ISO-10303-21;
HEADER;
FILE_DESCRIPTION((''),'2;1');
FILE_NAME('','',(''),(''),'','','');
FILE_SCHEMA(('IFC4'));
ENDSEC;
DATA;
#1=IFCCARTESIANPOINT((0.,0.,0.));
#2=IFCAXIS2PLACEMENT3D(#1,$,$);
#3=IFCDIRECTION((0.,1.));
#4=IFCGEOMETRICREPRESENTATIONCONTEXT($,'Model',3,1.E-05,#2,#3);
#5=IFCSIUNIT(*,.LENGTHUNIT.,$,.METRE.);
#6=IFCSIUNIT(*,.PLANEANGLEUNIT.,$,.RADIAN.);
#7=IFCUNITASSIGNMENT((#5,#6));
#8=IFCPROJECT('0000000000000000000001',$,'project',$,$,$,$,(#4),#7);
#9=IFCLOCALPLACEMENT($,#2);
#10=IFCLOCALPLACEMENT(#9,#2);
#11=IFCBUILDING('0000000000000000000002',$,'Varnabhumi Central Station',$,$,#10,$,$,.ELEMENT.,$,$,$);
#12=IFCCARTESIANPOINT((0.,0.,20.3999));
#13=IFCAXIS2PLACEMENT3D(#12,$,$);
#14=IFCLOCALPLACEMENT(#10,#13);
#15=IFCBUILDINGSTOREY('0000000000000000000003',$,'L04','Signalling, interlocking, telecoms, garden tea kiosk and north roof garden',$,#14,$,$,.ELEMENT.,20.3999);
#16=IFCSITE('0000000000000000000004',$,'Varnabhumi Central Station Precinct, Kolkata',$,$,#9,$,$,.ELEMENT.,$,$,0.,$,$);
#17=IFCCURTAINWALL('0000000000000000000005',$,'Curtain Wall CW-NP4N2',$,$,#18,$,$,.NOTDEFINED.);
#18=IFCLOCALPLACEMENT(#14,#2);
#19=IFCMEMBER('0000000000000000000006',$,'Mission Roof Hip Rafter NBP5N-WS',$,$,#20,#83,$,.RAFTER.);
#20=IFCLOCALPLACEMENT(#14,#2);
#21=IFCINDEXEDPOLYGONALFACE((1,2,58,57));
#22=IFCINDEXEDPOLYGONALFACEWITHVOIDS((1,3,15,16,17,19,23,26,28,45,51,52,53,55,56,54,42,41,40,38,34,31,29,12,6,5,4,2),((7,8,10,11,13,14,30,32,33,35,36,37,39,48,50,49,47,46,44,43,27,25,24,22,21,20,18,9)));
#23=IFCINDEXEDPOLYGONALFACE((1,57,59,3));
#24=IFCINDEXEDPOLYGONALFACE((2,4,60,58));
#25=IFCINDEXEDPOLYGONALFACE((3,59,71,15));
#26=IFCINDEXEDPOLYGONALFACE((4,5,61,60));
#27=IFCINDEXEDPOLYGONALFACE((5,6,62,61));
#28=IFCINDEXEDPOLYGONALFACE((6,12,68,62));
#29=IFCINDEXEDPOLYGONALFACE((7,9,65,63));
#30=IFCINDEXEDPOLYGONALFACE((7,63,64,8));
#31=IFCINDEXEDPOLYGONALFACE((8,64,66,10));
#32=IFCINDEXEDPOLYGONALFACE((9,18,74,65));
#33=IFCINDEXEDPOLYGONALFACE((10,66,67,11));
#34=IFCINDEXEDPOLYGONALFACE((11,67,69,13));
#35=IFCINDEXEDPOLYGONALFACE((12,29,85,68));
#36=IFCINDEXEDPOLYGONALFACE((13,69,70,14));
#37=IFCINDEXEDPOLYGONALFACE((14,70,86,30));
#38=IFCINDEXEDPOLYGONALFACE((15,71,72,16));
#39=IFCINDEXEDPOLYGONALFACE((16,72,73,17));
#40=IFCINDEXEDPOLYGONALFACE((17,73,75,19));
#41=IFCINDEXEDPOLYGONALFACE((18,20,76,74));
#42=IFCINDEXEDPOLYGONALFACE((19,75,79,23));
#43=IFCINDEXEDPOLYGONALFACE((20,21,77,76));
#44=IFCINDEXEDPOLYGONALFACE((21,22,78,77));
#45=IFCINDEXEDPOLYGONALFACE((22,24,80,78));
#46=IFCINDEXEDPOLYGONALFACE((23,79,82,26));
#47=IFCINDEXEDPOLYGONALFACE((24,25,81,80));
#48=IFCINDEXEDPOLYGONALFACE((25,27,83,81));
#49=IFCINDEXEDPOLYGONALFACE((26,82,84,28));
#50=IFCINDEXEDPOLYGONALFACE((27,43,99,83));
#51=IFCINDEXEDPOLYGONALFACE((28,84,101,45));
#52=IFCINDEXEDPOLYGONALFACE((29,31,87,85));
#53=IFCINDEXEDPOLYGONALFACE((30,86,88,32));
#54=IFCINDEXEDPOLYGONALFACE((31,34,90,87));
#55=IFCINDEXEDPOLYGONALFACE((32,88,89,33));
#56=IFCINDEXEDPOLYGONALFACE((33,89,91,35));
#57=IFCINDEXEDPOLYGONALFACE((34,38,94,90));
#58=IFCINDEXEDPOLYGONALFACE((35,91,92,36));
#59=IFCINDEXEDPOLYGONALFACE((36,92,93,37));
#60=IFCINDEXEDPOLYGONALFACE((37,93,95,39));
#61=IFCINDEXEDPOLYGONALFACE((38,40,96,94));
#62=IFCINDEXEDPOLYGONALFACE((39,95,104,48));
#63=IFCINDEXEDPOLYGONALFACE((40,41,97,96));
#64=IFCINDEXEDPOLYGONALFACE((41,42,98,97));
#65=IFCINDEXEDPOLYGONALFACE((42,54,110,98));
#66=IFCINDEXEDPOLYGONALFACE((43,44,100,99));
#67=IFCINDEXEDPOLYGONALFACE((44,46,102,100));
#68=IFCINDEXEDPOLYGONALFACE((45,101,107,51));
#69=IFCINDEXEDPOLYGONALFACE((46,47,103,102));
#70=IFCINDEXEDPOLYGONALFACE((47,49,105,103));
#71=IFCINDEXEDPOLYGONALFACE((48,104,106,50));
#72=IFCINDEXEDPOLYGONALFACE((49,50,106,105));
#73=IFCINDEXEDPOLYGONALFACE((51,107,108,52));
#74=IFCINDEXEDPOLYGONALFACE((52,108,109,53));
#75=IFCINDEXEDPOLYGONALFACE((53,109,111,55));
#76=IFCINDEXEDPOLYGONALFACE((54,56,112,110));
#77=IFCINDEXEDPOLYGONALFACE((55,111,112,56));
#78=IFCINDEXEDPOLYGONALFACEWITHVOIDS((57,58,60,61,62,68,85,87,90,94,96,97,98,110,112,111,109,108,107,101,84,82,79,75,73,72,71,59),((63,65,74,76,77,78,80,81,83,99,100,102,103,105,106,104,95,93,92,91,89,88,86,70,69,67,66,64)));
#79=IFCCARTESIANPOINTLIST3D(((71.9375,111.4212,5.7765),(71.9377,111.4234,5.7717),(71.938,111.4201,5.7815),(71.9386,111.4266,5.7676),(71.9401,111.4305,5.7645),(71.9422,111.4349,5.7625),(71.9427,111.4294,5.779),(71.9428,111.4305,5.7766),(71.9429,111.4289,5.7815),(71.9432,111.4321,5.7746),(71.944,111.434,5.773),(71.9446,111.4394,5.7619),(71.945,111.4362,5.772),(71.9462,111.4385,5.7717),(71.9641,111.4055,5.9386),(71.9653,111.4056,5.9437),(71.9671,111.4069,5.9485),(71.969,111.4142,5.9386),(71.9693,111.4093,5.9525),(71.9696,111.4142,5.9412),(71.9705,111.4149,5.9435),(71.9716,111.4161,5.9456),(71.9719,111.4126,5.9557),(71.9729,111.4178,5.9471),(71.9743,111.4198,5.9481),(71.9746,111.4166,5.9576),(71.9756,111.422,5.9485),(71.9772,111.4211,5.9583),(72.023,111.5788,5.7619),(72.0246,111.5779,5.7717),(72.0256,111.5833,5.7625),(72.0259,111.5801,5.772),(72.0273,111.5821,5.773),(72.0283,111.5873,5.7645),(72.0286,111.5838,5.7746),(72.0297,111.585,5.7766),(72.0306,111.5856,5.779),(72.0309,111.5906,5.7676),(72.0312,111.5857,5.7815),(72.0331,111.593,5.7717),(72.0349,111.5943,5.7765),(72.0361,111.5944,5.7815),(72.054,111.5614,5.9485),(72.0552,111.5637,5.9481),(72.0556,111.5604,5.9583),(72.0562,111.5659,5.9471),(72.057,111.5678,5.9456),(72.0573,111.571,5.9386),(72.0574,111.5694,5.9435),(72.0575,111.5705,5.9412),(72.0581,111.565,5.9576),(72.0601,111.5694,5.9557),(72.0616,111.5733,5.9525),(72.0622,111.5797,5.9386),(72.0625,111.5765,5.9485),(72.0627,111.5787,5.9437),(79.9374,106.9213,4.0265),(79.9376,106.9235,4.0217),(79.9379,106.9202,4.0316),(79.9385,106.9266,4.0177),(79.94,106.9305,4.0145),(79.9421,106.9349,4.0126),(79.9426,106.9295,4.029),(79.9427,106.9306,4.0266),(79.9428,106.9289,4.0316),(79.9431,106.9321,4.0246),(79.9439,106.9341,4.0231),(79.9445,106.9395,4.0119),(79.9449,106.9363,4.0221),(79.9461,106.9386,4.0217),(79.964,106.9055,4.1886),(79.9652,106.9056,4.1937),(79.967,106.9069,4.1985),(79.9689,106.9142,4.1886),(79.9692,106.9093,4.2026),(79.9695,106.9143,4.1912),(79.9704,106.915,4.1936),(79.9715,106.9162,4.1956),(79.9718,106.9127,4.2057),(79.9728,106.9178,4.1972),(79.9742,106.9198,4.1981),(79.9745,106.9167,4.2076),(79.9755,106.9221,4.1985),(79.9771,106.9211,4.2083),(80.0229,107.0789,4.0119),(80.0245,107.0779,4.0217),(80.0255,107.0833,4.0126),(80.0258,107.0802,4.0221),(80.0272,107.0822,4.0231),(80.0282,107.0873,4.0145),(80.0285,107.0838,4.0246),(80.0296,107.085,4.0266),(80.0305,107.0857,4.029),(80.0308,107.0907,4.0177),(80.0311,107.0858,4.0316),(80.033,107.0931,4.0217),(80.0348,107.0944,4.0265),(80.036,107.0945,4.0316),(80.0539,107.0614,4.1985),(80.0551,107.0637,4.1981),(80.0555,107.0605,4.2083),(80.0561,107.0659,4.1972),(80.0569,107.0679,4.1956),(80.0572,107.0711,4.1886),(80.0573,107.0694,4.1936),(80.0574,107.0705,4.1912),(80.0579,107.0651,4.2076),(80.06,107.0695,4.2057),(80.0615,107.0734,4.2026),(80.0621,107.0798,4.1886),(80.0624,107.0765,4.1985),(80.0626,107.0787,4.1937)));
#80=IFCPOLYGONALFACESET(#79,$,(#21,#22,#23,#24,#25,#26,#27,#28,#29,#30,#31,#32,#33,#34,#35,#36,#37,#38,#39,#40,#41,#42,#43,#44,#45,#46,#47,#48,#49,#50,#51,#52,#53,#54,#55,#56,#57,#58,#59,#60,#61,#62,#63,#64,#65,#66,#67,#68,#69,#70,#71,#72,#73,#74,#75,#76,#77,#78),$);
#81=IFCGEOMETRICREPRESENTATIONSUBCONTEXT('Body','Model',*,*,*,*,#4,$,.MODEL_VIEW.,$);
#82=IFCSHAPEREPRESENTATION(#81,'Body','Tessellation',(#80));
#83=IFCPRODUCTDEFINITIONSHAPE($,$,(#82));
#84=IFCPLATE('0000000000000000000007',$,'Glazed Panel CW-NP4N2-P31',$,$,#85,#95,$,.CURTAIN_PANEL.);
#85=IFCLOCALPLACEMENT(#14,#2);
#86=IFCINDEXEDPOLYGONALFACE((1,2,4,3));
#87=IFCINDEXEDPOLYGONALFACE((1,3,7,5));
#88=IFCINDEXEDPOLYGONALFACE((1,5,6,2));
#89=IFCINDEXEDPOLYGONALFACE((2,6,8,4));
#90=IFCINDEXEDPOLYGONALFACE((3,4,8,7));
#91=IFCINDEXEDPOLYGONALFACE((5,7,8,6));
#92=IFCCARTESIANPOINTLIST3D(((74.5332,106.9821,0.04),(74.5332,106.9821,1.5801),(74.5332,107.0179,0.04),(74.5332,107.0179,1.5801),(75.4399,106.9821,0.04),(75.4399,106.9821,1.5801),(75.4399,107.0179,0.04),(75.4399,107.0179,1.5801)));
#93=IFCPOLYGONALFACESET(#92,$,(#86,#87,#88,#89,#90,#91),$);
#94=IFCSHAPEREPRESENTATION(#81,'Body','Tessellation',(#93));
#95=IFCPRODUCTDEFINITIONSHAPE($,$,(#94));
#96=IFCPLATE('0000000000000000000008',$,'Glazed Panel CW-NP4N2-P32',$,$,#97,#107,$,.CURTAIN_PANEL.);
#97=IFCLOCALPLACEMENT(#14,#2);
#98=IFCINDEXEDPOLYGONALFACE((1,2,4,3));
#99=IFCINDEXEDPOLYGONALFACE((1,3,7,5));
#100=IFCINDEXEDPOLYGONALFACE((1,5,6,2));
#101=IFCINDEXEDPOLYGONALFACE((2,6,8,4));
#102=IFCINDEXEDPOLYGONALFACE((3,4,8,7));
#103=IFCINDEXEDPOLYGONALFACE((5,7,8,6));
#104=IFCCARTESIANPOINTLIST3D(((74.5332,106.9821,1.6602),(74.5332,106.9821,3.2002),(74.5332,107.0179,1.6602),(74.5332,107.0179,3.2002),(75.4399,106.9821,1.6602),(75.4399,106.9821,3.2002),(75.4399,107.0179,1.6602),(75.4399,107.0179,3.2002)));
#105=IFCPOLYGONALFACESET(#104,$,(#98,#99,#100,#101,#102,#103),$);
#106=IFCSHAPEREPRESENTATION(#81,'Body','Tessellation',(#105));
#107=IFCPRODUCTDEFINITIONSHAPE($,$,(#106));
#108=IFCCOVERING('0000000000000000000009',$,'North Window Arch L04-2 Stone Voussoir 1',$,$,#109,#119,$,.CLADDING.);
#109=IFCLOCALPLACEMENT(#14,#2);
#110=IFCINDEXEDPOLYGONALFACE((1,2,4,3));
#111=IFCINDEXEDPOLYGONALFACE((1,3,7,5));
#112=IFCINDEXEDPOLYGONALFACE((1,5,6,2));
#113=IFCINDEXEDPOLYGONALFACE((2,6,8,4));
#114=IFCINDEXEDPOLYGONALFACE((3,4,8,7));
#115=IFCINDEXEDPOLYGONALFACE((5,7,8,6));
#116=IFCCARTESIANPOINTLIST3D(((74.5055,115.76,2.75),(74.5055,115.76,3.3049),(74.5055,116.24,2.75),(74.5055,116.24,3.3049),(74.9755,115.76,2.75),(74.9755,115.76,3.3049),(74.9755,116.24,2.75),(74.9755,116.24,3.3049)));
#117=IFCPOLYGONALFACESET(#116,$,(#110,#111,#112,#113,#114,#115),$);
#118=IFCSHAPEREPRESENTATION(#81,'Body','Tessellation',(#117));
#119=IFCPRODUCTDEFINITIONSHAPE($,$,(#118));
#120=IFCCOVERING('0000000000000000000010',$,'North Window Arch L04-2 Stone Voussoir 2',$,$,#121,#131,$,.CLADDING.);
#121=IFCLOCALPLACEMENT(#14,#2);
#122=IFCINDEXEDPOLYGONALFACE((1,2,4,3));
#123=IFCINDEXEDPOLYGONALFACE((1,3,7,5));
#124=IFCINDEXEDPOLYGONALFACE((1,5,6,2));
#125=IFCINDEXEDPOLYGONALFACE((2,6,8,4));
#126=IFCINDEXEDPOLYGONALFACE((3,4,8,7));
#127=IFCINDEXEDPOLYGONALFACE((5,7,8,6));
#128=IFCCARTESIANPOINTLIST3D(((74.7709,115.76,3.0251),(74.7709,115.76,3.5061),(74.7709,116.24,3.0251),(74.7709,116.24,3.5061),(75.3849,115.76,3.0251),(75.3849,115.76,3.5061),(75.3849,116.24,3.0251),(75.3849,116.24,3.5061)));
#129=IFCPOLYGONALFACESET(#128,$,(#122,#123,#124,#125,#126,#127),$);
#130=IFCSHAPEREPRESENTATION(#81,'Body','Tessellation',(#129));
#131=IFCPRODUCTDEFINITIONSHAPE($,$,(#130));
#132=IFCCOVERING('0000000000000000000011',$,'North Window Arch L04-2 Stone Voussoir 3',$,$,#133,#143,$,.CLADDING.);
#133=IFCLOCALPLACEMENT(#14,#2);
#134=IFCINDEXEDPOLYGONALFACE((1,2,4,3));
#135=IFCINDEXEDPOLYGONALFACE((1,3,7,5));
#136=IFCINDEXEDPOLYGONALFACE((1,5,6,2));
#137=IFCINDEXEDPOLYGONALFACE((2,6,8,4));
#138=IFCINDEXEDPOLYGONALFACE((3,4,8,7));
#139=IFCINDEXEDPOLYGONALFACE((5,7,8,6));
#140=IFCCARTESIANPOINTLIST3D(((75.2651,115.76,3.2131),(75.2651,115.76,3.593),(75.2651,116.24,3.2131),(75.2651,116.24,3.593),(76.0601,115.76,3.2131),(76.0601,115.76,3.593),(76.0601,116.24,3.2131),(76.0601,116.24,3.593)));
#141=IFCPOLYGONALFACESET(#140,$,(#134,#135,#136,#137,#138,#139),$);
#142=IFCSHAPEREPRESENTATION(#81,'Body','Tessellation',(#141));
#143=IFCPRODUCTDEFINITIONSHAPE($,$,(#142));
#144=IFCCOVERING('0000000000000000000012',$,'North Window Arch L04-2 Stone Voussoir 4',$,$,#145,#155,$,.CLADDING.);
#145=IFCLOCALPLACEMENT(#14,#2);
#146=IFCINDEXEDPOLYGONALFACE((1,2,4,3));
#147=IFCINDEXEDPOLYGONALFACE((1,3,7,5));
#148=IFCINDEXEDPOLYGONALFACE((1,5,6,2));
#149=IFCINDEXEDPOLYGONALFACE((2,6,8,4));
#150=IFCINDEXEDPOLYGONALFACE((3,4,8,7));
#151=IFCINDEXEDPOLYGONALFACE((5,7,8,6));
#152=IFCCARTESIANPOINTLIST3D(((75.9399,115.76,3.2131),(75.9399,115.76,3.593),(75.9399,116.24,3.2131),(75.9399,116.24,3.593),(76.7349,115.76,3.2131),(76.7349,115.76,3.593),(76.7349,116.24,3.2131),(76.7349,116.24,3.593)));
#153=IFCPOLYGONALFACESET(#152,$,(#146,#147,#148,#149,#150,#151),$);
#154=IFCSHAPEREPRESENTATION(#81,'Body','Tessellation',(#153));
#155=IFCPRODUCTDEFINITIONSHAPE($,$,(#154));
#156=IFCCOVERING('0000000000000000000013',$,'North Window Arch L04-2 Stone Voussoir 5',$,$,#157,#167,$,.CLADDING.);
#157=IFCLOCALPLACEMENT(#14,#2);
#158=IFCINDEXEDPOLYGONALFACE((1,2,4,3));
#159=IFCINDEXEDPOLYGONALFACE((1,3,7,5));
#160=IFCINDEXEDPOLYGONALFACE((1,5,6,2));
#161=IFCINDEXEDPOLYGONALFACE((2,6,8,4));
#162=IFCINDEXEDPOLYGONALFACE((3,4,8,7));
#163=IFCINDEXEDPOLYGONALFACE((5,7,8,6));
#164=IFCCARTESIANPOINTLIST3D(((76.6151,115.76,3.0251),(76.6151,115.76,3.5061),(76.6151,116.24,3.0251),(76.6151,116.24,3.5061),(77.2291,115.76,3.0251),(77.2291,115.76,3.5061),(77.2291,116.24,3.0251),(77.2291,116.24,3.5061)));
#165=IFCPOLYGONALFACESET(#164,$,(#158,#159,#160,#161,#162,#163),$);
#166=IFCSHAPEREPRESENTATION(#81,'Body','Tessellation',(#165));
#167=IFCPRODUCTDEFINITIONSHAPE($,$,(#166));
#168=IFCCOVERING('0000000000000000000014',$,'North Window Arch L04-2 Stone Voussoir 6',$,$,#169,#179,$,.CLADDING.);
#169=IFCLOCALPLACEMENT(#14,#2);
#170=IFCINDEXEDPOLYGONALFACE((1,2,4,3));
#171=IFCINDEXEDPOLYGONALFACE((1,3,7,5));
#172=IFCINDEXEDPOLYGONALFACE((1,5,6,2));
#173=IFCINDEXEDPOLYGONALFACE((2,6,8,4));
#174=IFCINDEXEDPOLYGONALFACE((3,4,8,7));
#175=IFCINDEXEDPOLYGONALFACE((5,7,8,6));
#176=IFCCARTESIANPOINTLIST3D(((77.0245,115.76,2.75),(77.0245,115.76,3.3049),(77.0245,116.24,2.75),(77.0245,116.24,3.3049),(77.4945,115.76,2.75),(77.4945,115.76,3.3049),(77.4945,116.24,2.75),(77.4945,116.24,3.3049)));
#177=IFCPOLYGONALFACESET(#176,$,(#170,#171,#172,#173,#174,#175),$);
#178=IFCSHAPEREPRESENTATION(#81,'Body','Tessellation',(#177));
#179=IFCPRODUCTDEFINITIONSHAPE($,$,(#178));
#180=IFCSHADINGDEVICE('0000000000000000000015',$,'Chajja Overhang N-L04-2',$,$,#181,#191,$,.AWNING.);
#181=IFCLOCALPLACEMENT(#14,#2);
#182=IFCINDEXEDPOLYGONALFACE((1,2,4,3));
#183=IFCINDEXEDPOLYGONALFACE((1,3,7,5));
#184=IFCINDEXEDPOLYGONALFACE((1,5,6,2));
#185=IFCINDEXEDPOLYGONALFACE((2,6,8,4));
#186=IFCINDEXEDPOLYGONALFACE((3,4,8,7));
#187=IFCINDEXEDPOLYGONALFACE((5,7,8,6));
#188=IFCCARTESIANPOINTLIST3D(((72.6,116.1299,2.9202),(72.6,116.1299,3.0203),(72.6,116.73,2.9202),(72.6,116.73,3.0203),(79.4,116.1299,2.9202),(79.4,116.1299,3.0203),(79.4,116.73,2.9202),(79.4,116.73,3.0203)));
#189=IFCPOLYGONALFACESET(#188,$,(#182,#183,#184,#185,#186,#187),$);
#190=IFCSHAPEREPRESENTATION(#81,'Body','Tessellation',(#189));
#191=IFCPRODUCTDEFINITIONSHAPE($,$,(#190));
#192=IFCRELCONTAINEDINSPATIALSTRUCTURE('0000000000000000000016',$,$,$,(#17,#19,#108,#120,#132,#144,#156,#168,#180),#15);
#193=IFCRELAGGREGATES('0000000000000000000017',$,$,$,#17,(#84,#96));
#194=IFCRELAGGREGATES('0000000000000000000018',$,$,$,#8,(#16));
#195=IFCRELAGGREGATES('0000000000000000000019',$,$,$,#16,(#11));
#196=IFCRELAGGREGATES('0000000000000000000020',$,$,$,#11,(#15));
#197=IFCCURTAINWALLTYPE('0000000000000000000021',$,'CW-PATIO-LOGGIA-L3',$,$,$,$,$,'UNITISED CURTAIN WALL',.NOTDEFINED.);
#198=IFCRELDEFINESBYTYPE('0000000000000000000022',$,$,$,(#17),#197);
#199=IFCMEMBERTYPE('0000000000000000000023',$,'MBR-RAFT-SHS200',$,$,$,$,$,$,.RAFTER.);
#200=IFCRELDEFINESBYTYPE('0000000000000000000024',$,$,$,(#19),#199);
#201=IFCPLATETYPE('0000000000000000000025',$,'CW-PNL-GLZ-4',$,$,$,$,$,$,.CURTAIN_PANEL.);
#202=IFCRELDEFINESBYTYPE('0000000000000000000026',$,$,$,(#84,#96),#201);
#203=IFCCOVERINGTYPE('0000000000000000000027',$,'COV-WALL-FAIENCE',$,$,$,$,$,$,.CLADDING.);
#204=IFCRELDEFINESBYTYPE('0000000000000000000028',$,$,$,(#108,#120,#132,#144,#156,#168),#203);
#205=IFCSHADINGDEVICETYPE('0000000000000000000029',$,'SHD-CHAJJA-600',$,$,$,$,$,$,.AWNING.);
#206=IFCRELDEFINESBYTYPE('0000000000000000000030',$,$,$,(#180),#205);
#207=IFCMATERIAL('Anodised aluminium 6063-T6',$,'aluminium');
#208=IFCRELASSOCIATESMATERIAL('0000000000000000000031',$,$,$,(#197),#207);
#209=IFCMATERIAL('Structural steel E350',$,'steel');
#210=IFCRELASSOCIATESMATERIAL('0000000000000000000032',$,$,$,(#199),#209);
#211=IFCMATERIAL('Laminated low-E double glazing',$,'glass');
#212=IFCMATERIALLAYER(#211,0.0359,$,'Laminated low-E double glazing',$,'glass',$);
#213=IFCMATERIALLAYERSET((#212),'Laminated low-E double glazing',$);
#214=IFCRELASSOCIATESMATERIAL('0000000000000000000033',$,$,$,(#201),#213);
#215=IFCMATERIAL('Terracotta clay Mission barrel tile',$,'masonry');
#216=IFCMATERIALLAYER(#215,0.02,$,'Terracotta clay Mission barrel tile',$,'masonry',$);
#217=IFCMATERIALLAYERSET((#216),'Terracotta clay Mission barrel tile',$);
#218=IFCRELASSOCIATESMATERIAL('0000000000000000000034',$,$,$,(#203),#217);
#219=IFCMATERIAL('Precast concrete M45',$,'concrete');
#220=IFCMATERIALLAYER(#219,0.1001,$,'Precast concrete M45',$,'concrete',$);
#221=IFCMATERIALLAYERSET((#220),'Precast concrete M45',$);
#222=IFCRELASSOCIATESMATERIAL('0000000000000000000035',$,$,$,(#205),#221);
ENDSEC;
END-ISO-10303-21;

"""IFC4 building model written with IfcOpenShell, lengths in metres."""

from ifc_helpers import new_model, si_unit, direction, frame, origin, origin_2d, place, context, subcontext, project, spatial, rectangle, hollow_rectangle, extrude, material, layer, layer_set, material_profile, profile_set, type_object, element, aggregate, save


model = new_model("IFC4")

# Units and contexts
model_context = context("Model", 3, precision=1e-05, world=origin(), true_north=direction((0.0, 1.0)))
body_context = subcontext(model_context, "Body", "Model", "MODEL_VIEW")
ifc_project = project(units=[si_unit("LENGTHUNIT", "METRE"), si_unit("PLANEANGLEUNIT", "RADIAN")], contexts=[model_context])

# Site, building, storey
site_placement = place(None, origin())
site = spatial("IfcSite", under=ifc_project, at=site_placement, Name="Varnabhumi Central Station Precinct, Kolkata", CompositionType="ELEMENT", RefElevation=0.0)
building_placement = place(site_placement, origin())
building = spatial("IfcBuilding", under=site, at=building_placement, Name="Varnabhumi Central Station", CompositionType="ELEMENT")
storey_placement = place(building_placement, frame((0.0, 0.0, 20.3999)))
storey = spatial("IfcBuildingStorey", under=building, at=storey_placement, Name="L04", Description="Signalling, interlocking, telecoms, garden tea kiosk and north roof garden", CompositionType="ELEMENT", Elevation=20.3999)

# Shared definitions
ifc_material_1 = material(Name="Structural steel E350", Category="steel")

# Curtain wall
ifc_material_2 = material(Name="Anodised aluminium 6063-T6", Category="aluminium")
curtain_wall_type = type_object("IfcCurtainWallType", Name="CW-PATIO-LOGGIA-L3", ElementType="UNITISED CURTAIN WALL", PredefinedType="NOTDEFINED", material=ifc_material_2)
curtain_wall_placement = place(storey_placement, origin())
curtain_wall = element("IfcCurtainWall", 1, at=curtain_wall_placement, inside=storey, type_object=curtain_wall_type, Name="Curtain Wall CW-NP4N2", PredefinedType="NOTDEFINED")

# Member
ifc_material_profile_1 = material_profile(ifc_material_1, hollow_rectangle(XDim=0.2, YDim=0.2, WallThickness=0.01, InnerFilletRadius=0.01, OuterFilletRadius=0.02, at=origin_2d()), Name="Structural steel E350", Category="steel")
ifc_profile_set_1 = profile_set([ifc_material_profile_1], Name="Structural steel E350")
member_type_1 = type_object("IfcMemberType", Name="MBR-RAFT-SHS200", PredefinedType="RAFTER", material=ifc_profile_set_1)
member_1_placement = place(storey_placement, frame((80.0, 107.0, 4.1101), z_axis=(-0.856154, 0.481586, 0.187284), x_axis=(-0.490261, -0.871576, 0.0)))
element("IfcMember", 2, at=member_1_placement, inside=storey, type_object=member_type_1, Name="Mission Roof Hip Rafter NBP5N-WS", PredefinedType="RAFTER", context=body_context, shape_type="SweptSolid", body=[
    extrude(hollow_rectangle(XDim=0.2, YDim=0.2, WallThickness=0.01, InnerFilletRadius=0.01, OuterFilletRadius=0.02, at=origin_2d()), origin(), (0.0, 0.0, 1.0), 9.344),
])

# Plates
ifc_material_3 = material(Name="Laminated low-E double glazing", Category="glass")
ifc_layer_1 = layer(ifc_material_3, 0.0359, Name="Laminated low-E double glazing", Category="glass")
ifc_layer_set_1 = layer_set([ifc_layer_1], Name="Laminated low-E double glazing")
plate_type = type_object("IfcPlateType", Name="CW-PNL-GLZ-4", PredefinedType="CURTAIN_PANEL", material=ifc_layer_set_1)
plate_1_placement = place(storey_placement, frame((74.9866, 107.0, 0.04), z_axis=(0.0, 0.0, 1.0), x_axis=(1.0, 0.0, 0.0)))
plate_1 = element("IfcPlate", 3, at=plate_1_placement, type_object=plate_type, Name="Glazed Panel CW-NP4N2-P31", PredefinedType="CURTAIN_PANEL", context=body_context, shape_type="SweptSolid", body=[
    extrude(rectangle(XDim=0.9067, YDim=0.0359, at=origin_2d()), origin(), (0.0, 0.0, 1.0), 1.54),
])
plate_2_placement = place(storey_placement, frame((74.9866, 107.0, 1.6602), z_axis=(0.0, 0.0, 1.0), x_axis=(1.0, 0.0, 0.0)))
plate_2 = element("IfcPlate", 4, at=plate_2_placement, type_object=plate_type, Name="Glazed Panel CW-NP4N2-P32", PredefinedType="CURTAIN_PANEL", context=body_context, shape_type="SweptSolid", body=[
    extrude(rectangle(XDim=0.9067, YDim=0.0359, at=origin_2d()), origin(), (0.0, 0.0, 1.0), 1.54),
])
aggregate(curtain_wall, [plate_1, plate_2])

# Coverings
ifc_material_4 = material(Name="Terracotta clay Mission barrel tile", Category="masonry")
ifc_layer_2 = layer(ifc_material_4, 0.02, Name="Terracotta clay Mission barrel tile", Category="masonry")
ifc_layer_set_2 = layer_set([ifc_layer_2], Name="Terracotta clay Mission barrel tile")
covering_type = type_object("IfcCoveringType", Name="COV-WALL-FAIENCE", PredefinedType="CLADDING", material=ifc_layer_set_2)
covering_1_placement = place(storey_placement, frame((74.7405, 116.0, 2.75), z_axis=(0.0, 0.0, 1.0), x_axis=(1.0, 0.0, 0.0)))
element("IfcCovering", 5, at=covering_1_placement, inside=storey, type_object=covering_type, Name="North Window Arch L04-2 Stone Voussoir 1", PredefinedType="CLADDING", context=body_context, shape_type="SweptSolid", body=[
    extrude(rectangle(XDim=0.47, YDim=0.48, at=origin_2d()), origin(), (0.0, 0.0, 1.0), 0.5549),
])
covering_2_placement = place(storey_placement, frame((75.0779, 116.0, 3.0251), z_axis=(0.0, 0.0, 1.0), x_axis=(1.0, 0.0, 0.0)))
element("IfcCovering", 6, at=covering_2_placement, inside=storey, type_object=covering_type, Name="North Window Arch L04-2 Stone Voussoir 2", PredefinedType="CLADDING", context=body_context, shape_type="SweptSolid", body=[
    extrude(rectangle(XDim=0.614, YDim=0.48, at=origin_2d()), origin(), (0.0, 0.0, 1.0), 0.481),
])
for number, where, z_axis, x_axis, name in (
    (7, (75.6626, 116.0, 3.2131), (0.0, 0.0, 1.0), (1.0, 0.0, 0.0), "North Window Arch L04-2 Stone Voussoir 3"),
    (8, (76.3374, 116.0, 3.2131), (0.0, 0.0, 1.0), (1.0, 0.0, 0.0), "North Window Arch L04-2 Stone Voussoir 4"),
):
    element("IfcCovering", number, at=place(storey_placement, frame(where, z_axis=z_axis, x_axis=x_axis)), inside=storey, type_object=covering_type, Name=name, PredefinedType="CLADDING", context=body_context, shape_type="SweptSolid", body=[
        extrude(rectangle(XDim=0.7949, YDim=0.48, at=origin_2d()), origin(), (0.0, 0.0, 1.0), 0.3799),
    ])
covering_3_placement = place(storey_placement, frame((76.9221, 116.0, 3.0251), z_axis=(0.0, 0.0, 1.0), x_axis=(1.0, 0.0, 0.0)))
element("IfcCovering", 9, at=covering_3_placement, inside=storey, type_object=covering_type, Name="North Window Arch L04-2 Stone Voussoir 5", PredefinedType="CLADDING", context=body_context, shape_type="SweptSolid", body=[
    extrude(rectangle(XDim=0.614, YDim=0.48, at=origin_2d()), origin(), (0.0, 0.0, 1.0), 0.481),
])
covering_4_placement = place(storey_placement, frame((77.2595, 116.0, 2.75), z_axis=(0.0, 0.0, 1.0), x_axis=(1.0, 0.0, 0.0)))
element("IfcCovering", 10, at=covering_4_placement, inside=storey, type_object=covering_type, Name="North Window Arch L04-2 Stone Voussoir 6", PredefinedType="CLADDING", context=body_context, shape_type="SweptSolid", body=[
    extrude(rectangle(XDim=0.47, YDim=0.48, at=origin_2d()), origin(), (0.0, 0.0, 1.0), 0.5549),
])

# Shading device
ifc_material_5 = material(Name="Precast concrete M45", Category="concrete")
ifc_layer_3 = layer(ifc_material_5, 0.1001, Name="Precast concrete M45", Category="concrete")
ifc_layer_set_3 = layer_set([ifc_layer_3], Name="Precast concrete M45")
shading_device_type = type_object("IfcShadingDeviceType", Name="SHD-CHAJJA-600", PredefinedType="AWNING", material=ifc_layer_set_3)
shading_device_placement = place(storey_placement, frame((76.0, 116.4299, 2.9202), z_axis=(0.0, 0.0, 1.0), x_axis=(1.0, 0.0, 0.0)))
element("IfcShadingDevice", 11, at=shading_device_placement, inside=storey, type_object=shading_device_type, Name="Chajja Overhang N-L04-2", PredefinedType="AWNING", context=body_context, shape_type="SweptSolid", body=[
    extrude(rectangle(XDim=6.8, YDim=0.6001, at=origin_2d()), origin(), (0.0, 0.0, 1.0), 0.1001),
])

save(model, "model.ifc")
